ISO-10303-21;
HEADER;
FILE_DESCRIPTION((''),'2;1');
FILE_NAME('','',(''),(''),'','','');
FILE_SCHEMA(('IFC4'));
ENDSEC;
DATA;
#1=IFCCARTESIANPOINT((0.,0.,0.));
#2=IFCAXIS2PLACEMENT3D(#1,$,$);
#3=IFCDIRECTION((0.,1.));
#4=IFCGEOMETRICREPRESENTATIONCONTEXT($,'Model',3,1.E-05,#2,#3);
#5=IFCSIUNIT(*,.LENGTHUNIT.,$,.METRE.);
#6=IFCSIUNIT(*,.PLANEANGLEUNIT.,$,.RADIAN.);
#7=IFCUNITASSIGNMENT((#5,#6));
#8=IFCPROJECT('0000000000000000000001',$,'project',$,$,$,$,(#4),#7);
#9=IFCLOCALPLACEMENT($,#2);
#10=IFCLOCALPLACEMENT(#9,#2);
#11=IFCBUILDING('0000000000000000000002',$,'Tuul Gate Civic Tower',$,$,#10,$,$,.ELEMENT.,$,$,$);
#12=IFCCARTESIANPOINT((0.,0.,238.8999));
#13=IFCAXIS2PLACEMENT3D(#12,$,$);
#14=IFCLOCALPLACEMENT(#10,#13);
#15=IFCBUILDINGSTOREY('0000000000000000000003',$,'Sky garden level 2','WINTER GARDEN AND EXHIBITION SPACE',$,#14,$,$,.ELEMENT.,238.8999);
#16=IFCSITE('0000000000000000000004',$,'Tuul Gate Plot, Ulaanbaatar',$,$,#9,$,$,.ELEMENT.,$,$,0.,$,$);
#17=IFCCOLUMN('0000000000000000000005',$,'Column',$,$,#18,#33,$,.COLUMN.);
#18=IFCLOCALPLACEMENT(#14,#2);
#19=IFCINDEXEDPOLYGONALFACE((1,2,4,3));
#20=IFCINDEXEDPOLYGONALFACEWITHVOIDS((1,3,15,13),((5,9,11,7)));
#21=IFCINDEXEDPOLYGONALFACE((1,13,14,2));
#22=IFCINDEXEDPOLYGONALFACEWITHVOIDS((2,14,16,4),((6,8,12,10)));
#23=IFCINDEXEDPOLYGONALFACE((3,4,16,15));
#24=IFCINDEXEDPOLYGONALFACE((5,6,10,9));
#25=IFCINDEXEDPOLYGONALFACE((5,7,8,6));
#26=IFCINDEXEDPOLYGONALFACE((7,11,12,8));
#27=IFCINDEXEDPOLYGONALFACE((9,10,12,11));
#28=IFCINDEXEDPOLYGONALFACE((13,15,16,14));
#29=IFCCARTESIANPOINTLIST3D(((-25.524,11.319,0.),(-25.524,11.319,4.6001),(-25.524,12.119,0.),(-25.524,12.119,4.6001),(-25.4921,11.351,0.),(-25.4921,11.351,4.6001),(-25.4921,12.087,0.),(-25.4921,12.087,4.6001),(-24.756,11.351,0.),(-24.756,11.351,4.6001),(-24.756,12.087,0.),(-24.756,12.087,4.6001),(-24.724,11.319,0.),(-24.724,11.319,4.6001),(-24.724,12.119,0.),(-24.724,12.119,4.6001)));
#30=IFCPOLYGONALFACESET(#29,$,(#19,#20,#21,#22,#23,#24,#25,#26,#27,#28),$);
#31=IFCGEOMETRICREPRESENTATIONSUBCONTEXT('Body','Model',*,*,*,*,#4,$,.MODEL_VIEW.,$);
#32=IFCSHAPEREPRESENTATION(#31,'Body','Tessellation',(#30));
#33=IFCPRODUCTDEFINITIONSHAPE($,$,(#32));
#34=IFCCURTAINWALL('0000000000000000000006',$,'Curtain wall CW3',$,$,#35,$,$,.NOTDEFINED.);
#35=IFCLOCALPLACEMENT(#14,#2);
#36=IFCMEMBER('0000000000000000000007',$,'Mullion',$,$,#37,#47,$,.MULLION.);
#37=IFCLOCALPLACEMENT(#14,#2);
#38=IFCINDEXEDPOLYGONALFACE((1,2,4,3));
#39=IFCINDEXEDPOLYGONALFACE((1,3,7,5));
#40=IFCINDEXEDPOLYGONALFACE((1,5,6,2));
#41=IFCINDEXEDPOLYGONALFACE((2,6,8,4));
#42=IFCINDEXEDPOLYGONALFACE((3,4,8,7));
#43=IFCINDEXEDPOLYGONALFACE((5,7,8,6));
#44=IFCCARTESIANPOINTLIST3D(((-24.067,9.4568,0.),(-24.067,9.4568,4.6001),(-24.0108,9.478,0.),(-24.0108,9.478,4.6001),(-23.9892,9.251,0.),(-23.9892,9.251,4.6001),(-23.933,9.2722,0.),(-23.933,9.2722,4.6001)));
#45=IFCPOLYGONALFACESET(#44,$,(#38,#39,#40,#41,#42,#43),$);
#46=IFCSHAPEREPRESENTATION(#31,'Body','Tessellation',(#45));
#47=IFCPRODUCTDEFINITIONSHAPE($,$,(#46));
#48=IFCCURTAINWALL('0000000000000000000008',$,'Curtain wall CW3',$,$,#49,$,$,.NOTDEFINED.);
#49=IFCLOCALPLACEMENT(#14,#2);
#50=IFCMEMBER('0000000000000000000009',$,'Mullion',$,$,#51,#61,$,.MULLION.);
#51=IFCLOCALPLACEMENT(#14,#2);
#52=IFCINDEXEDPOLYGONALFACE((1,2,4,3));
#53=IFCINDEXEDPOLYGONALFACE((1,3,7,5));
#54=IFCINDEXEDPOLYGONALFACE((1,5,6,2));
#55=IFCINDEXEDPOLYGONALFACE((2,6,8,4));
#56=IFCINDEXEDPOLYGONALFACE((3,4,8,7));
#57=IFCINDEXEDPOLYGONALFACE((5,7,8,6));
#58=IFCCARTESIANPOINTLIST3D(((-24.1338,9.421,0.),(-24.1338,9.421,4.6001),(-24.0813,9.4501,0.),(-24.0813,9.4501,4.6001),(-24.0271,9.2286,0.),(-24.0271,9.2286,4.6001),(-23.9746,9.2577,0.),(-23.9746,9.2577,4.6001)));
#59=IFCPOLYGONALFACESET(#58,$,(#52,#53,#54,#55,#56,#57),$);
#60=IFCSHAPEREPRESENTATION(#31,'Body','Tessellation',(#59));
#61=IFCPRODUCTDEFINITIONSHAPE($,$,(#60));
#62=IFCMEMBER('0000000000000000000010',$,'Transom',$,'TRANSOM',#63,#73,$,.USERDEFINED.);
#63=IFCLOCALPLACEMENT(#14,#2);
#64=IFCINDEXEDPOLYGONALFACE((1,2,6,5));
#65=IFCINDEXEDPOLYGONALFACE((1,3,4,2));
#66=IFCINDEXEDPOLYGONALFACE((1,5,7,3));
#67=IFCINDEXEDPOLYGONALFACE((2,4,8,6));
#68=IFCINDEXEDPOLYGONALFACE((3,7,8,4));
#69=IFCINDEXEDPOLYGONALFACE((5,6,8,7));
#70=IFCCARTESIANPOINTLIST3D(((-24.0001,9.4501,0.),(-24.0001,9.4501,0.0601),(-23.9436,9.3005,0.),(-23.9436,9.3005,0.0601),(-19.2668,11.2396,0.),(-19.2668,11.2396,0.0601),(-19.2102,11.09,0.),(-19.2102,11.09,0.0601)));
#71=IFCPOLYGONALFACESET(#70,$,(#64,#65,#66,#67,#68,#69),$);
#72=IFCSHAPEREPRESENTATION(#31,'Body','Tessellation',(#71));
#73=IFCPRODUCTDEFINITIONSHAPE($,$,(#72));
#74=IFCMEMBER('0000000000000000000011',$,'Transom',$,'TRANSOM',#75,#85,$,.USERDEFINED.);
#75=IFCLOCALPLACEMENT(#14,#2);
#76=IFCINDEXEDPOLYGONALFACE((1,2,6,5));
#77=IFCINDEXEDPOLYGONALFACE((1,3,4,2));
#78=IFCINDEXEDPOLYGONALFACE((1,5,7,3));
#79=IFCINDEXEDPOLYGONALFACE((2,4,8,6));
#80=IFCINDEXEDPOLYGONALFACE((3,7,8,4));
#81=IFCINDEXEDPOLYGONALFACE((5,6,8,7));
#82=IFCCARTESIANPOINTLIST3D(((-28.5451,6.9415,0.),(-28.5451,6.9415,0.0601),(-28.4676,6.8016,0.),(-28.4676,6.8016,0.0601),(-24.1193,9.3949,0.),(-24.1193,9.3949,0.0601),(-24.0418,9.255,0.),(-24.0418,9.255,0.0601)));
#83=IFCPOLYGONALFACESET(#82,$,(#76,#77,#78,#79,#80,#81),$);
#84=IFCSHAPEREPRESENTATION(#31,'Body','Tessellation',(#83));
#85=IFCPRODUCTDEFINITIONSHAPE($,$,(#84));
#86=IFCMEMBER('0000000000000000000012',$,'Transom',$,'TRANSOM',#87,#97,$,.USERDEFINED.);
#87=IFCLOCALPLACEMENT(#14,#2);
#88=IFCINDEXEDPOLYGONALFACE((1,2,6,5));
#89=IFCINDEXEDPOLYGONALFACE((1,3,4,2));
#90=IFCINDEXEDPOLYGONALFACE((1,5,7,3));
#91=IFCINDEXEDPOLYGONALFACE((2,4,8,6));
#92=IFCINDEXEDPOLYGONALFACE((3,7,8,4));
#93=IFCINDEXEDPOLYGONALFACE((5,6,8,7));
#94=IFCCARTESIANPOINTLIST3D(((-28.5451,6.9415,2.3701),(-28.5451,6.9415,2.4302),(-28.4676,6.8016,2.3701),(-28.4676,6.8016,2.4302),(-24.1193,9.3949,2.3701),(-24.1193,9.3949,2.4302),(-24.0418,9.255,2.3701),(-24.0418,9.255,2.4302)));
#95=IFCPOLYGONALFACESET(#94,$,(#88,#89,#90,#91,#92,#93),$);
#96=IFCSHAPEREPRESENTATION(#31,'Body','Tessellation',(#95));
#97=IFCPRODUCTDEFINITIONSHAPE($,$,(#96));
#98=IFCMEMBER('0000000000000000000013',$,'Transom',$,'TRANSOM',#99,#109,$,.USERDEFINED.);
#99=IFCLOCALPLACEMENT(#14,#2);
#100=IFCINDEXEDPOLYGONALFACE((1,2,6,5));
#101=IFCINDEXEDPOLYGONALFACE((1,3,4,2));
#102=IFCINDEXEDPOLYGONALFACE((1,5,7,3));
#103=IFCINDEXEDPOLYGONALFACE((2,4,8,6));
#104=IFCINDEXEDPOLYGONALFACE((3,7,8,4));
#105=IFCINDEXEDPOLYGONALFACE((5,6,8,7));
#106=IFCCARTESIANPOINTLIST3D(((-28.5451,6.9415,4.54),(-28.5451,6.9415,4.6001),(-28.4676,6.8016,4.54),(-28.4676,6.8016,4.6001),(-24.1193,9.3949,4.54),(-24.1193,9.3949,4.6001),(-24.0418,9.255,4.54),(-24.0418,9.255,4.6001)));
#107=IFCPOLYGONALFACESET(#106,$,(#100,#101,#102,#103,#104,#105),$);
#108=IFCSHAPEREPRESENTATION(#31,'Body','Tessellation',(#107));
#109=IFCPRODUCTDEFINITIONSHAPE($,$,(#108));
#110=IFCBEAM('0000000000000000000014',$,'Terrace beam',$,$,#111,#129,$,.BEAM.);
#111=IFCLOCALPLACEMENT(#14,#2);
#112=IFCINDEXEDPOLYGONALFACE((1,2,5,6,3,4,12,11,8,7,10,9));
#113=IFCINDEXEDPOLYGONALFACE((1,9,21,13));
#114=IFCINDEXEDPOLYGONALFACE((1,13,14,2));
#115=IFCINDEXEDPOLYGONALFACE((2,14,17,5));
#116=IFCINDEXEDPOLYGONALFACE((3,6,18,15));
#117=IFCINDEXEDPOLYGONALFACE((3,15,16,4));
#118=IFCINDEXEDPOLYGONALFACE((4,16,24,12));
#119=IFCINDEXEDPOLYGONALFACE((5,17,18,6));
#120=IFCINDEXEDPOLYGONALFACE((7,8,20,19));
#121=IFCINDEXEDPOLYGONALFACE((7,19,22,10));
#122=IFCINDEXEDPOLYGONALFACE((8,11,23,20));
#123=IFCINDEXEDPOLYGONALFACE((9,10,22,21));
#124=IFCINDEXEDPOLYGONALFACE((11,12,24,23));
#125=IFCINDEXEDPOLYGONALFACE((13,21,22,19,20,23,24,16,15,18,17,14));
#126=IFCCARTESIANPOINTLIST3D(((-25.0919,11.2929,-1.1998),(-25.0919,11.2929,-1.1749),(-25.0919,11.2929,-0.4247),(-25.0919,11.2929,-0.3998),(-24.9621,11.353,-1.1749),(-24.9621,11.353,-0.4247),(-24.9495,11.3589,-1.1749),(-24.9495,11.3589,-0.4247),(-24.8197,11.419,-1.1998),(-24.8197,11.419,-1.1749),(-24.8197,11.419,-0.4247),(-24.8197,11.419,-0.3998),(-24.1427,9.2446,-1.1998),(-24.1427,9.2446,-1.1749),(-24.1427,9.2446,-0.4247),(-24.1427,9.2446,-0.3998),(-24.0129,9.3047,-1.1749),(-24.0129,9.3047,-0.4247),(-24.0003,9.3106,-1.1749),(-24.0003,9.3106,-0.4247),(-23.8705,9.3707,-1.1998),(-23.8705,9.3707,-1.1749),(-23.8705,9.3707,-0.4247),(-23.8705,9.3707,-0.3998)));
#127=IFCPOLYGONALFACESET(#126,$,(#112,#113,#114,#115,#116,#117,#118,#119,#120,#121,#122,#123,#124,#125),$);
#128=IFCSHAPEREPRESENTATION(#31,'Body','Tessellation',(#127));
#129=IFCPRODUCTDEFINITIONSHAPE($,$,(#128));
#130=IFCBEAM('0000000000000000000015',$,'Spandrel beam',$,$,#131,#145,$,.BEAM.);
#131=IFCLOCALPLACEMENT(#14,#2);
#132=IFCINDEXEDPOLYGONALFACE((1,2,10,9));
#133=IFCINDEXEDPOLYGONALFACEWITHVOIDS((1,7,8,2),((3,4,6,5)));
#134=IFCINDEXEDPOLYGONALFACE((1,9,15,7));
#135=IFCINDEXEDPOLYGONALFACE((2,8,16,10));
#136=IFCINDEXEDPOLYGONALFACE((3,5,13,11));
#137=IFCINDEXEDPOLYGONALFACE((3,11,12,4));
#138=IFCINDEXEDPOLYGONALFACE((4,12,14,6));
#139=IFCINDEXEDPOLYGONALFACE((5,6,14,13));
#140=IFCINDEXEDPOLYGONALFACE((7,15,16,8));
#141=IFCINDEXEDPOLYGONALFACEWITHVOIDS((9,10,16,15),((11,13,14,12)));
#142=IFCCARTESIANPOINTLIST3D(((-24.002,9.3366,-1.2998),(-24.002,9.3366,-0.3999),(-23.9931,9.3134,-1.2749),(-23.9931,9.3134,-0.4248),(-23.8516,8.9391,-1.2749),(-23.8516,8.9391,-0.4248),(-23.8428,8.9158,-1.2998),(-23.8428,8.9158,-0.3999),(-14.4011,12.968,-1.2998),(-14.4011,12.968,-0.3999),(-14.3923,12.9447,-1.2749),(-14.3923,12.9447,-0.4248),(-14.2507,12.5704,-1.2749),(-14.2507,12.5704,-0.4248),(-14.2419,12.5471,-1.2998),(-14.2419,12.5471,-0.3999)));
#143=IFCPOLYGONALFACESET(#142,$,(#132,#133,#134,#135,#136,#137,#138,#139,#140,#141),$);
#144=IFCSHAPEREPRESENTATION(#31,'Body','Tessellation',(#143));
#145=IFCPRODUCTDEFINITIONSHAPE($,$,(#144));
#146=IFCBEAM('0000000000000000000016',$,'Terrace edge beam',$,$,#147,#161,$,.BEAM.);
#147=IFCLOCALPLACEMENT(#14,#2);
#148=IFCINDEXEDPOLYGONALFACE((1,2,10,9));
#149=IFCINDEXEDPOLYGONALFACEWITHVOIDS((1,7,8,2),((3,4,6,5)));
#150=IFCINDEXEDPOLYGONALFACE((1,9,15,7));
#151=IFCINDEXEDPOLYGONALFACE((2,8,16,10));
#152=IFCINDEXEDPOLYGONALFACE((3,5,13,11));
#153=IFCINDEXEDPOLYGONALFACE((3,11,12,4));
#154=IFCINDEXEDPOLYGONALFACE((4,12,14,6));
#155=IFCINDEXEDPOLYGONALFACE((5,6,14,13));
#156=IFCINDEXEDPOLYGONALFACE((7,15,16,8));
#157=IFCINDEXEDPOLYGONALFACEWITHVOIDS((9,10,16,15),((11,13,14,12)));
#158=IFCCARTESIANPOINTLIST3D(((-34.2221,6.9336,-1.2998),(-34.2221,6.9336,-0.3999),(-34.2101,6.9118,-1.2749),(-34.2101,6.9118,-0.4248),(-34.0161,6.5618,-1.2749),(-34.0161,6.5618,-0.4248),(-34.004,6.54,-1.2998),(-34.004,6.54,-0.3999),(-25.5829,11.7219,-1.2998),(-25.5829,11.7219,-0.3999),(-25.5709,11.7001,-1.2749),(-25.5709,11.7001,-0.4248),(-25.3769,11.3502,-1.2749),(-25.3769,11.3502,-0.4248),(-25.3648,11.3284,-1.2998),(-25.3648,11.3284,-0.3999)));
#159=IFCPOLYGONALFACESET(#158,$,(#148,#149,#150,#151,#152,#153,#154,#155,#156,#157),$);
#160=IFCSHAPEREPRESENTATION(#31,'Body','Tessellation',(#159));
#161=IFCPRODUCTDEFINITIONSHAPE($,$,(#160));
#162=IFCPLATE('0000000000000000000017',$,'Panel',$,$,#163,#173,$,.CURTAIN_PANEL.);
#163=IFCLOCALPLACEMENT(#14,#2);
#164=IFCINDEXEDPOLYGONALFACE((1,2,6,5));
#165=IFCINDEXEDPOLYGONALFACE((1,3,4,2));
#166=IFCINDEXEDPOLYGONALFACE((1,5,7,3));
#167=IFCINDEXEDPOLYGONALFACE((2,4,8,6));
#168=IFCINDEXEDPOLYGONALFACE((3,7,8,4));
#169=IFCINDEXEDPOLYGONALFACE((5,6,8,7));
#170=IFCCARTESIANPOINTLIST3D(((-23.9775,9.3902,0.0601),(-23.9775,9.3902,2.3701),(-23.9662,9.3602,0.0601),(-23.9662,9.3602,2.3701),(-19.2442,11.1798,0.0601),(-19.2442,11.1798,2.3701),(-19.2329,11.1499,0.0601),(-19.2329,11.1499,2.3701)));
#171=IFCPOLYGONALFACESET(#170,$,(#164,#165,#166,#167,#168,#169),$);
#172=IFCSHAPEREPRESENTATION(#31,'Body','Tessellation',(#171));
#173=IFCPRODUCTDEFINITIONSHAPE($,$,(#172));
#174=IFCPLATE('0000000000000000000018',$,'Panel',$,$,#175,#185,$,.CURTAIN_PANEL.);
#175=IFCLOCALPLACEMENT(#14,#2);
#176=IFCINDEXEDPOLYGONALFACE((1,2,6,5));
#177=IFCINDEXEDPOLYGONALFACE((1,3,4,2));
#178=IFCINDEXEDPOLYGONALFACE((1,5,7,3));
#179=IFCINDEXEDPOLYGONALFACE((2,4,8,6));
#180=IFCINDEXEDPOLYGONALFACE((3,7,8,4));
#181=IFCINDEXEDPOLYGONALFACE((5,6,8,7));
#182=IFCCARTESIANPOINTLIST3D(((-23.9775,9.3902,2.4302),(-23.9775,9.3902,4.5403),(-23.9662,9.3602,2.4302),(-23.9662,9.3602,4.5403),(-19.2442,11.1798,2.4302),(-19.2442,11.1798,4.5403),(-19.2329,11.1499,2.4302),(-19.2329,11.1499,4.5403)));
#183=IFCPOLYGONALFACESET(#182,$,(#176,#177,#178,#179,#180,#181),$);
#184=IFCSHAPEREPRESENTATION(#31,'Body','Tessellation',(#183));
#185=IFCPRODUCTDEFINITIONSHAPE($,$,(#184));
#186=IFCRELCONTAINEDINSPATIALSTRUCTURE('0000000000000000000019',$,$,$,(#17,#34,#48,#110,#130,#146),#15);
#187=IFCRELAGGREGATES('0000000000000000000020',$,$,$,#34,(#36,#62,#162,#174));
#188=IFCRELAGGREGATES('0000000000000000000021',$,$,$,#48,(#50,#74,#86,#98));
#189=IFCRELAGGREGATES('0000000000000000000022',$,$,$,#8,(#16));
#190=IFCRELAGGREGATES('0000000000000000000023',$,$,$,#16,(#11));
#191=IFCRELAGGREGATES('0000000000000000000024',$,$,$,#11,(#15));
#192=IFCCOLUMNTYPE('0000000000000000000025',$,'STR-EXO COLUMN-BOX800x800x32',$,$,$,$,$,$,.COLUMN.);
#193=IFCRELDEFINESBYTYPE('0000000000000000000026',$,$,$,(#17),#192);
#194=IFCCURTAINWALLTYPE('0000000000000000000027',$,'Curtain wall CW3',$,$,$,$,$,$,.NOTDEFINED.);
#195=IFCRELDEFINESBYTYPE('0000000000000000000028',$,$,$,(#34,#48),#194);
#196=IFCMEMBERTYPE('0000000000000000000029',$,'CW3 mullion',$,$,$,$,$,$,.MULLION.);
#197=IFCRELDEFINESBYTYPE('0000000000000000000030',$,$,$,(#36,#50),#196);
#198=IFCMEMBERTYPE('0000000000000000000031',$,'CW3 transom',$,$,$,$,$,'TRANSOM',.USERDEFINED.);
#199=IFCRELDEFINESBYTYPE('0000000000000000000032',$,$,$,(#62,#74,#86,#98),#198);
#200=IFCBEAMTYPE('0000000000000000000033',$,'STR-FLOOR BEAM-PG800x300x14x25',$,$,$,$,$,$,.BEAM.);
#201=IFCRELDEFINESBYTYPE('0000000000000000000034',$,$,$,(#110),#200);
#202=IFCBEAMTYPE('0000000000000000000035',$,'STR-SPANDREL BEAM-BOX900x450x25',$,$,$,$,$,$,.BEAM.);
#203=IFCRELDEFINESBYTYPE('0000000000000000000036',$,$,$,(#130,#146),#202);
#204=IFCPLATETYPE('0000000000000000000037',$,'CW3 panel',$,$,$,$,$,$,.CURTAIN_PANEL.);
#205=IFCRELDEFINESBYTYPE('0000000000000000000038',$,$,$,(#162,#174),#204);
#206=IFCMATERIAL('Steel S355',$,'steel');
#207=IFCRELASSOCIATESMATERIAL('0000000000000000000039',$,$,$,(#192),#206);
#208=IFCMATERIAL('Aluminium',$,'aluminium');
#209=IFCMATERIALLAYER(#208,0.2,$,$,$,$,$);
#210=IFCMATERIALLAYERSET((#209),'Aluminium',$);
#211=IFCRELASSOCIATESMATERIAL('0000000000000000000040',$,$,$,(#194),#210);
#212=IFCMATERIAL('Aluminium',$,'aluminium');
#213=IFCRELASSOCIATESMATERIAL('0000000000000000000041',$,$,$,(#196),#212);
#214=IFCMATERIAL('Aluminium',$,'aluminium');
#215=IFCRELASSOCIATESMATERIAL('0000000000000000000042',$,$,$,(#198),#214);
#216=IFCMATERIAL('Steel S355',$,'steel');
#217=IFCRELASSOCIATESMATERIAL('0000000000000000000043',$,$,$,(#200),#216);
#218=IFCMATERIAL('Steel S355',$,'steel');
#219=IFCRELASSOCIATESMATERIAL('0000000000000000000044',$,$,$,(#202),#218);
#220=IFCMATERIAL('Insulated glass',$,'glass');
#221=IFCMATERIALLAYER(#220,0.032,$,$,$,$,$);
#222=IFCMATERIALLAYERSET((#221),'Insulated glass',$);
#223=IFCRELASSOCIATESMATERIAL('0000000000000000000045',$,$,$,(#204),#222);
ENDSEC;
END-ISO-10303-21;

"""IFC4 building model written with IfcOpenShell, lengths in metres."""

from ifc_helpers import new_model, si_unit, direction, frame, origin, origin_2d, place, context, subcontext, project, spatial, rectangle, hollow_rectangle, i_section, extrude, material, layer, layer_set, material_profile, profile_set, type_object, element, aggregate, save


model = new_model("IFC4")

# Units and contexts
model_context = context("Model", 3, precision=1e-05, world=origin(), true_north=direction((0.0, 1.0)))
body_context = subcontext(model_context, "Body", "Model", "MODEL_VIEW")
ifc_project = project(units=[si_unit("LENGTHUNIT", "METRE"), si_unit("PLANEANGLEUNIT", "RADIAN")], contexts=[model_context])

# Site, building, storey
site_placement = place(None, origin())
site = spatial("IfcSite", under=ifc_project, at=site_placement, Name="Tuul Gate Plot, Ulaanbaatar", CompositionType="ELEMENT", RefElevation=0.0)
building_placement = place(site_placement, origin())
building = spatial("IfcBuilding", under=site, at=building_placement, Name="Tuul Gate Civic Tower", CompositionType="ELEMENT")
storey_placement = place(building_placement, frame((0.0, 0.0, 238.8999)))
storey = spatial("IfcBuildingStorey", under=building, at=storey_placement, Name="Sky garden level 2", Description="WINTER GARDEN AND EXHIBITION SPACE", CompositionType="ELEMENT", Elevation=238.8999)

# Column
ifc_material_1 = material(Name="Steel S355", Category="steel")
ifc_material_profile_1 = material_profile(ifc_material_1, hollow_rectangle(XDim=0.8, YDim=0.8, WallThickness=0.032, at=origin_2d()), Name="BOX800x800x32")
ifc_profile_set_1 = profile_set([ifc_material_profile_1], Name="Steel S355")
column_type = type_object("IfcColumnType", Name="STR-EXO COLUMN-BOX800x800x32", PredefinedType="COLUMN", material=ifc_profile_set_1)
column_placement = place(storey_placement, frame((-25.124, 11.719, 0.0), z_axis=(0.0, 0.0, 1.0), x_axis=(1.0, 0.0, 0.0)))
element("IfcColumn", 1, at=column_placement, inside=storey, type_object=column_type, Name="Column", PredefinedType="COLUMN", context=body_context, shape_type="SweptSolid", body=[
    extrude(hollow_rectangle(XDim=0.8, YDim=0.8, WallThickness=0.032, at=origin_2d()), origin(), (0.0, 0.0, 1.0), 4.6001),
])

# Curtain walls, members
ifc_material_2 = material(Name="Aluminium", Category="aluminium")
ifc_layer_1 = layer(ifc_material_2, 0.2)
ifc_layer_set_1 = layer_set([ifc_layer_1], Name="Aluminium")
curtain_wall_type = type_object("IfcCurtainWallType", Name="Curtain wall CW3", PredefinedType="NOTDEFINED", material=ifc_layer_set_1)
curtain_wall_1_placement = place(storey_placement, origin())
curtain_wall_1 = element("IfcCurtainWall", 2, at=curtain_wall_1_placement, inside=storey, type_object=curtain_wall_type, Name="Curtain wall CW3", PredefinedType="NOTDEFINED")
ifc_material_3 = material(Name="Aluminium", Category="aluminium")
ifc_material_profile_2 = material_profile(ifc_material_3, rectangle(XDim=0.22, YDim=0.0601, at=origin_2d()), Name="CW3 mullion")
ifc_profile_set_2 = profile_set([ifc_material_profile_2], Name="Aluminium")
member_type_1 = type_object("IfcMemberType", Name="CW3 mullion", PredefinedType="MULLION", material=ifc_profile_set_2)
member_1_placement = place(storey_placement, frame((-24.0, 9.3645, 0.0), z_axis=(0.0, 0.0, 1.0), x_axis=(0.353665, -0.935372, 0.0)))
member_1 = element("IfcMember", 3, at=member_1_placement, type_object=member_type_1, Name="Mullion", PredefinedType="MULLION", context=body_context, shape_type="SweptSolid", body=[
    extrude(rectangle(XDim=0.22, YDim=0.0601, at=origin_2d()), origin(), (0.0, 0.0, 1.0), 4.6001),
])
curtain_wall_2_placement = place(storey_placement, origin())
curtain_wall_2 = element("IfcCurtainWall", 4, at=curtain_wall_2_placement, inside=storey, type_object=curtain_wall_type, Name="Curtain wall CW3", PredefinedType="NOTDEFINED")
member_2_placement = place(storey_placement, frame((-24.0542, 9.3394, 0.0), z_axis=(0.0, 0.0, 1.0), x_axis=(0.484827, -0.87461, 0.0)))
member_2 = element("IfcMember", 5, at=member_2_placement, type_object=member_type_1, Name="Mullion", PredefinedType="MULLION", context=body_context, shape_type="SweptSolid", body=[
    extrude(rectangle(XDim=0.22, YDim=0.0601, at=origin_2d()), origin(), (0.0, 0.0, 1.0), 4.6001),
])

# Members
ifc_material_4 = material(Name="Aluminium", Category="aluminium")
ifc_material_profile_3 = material_profile(ifc_material_4, rectangle(XDim=0.1599, YDim=0.0601, at=origin_2d()), Name="CW3 transom")
ifc_profile_set_3 = profile_set([ifc_material_profile_3], Name="Aluminium")
member_type_2 = type_object("IfcMemberType", Name="CW3 transom", ElementType="TRANSOM", PredefinedType="USERDEFINED", material=ifc_profile_set_3)
member_3_placement = place(storey_placement, frame((-19.2385, 11.1648, 0.03), z_axis=(-0.935382, -0.353639, 0.0), x_axis=(0.353639, -0.935382, 0.0)))
member_3 = element("IfcMember", 6, at=member_3_placement, type_object=member_type_2, Name="Transom", ObjectType="TRANSOM", PredefinedType="USERDEFINED", context=body_context, shape_type="SweptSolid", body=[
    extrude(rectangle(XDim=0.1599, YDim=0.0601, at=origin_2d()), origin(), (0.0, 0.0, 1.0), 5.0603),
])
member_4_placement = place(storey_placement, frame((-24.0806, 9.325, 0.03), z_axis=(-0.87461, -0.484828, 0.0), x_axis=(0.484828, -0.87461, 0.0)))
member_4 = element("IfcMember", 7, at=member_4_placement, type_object=member_type_2, Name="Transom", ObjectType="TRANSOM", PredefinedType="USERDEFINED", context=body_context, shape_type="SweptSolid", body=[
    extrude(rectangle(XDim=0.1599, YDim=0.0601, at=origin_2d()), origin(), (0.0, 0.0, 1.0), 5.0603),
])
member_5_placement = place(storey_placement, frame((-24.0806, 9.325, 2.4001), z_axis=(-0.87461, -0.484828, 0.0), x_axis=(0.484828, -0.87461, 0.0)))
member_5 = element("IfcMember", 8, at=member_5_placement, type_object=member_type_2, Name="Transom", ObjectType="TRANSOM", PredefinedType="USERDEFINED", context=body_context, shape_type="SweptSolid", body=[
    extrude(rectangle(XDim=0.1599, YDim=0.0601, at=origin_2d()), origin(), (0.0, 0.0, 1.0), 5.0603),
])
member_6_placement = place(storey_placement, frame((-24.0806, 9.325, 4.5701), z_axis=(-0.87461, -0.484828, 0.0), x_axis=(0.484828, -0.87461, 0.0)))
member_6 = element("IfcMember", 9, at=member_6_placement, type_object=member_type_2, Name="Transom", ObjectType="TRANSOM", PredefinedType="USERDEFINED", context=body_context, shape_type="SweptSolid", body=[
    extrude(rectangle(XDim=0.1599, YDim=0.0601, at=origin_2d()), origin(), (0.0, 0.0, 1.0), 5.0603),
])

# Beams
ifc_material_5 = material(Name="Steel S355", Category="steel")
ifc_material_profile_4 = material_profile(ifc_material_5, i_section(OverallWidth=0.3, OverallDepth=0.8, WebThickness=0.0139, FlangeThickness=0.0249, at=origin_2d()), Name="PG800x300x14x25")
ifc_profile_set_4 = profile_set([ifc_material_profile_4], Name="Steel S355")
beam_type_1 = type_object("IfcBeamType", Name="STR-FLOOR BEAM-PG800x300x14x25", PredefinedType="BEAM", material=ifc_profile_set_4)
beam_1_placement = place(storey_placement, frame((-24.9558, 11.356, -0.7998), z_axis=(0.420457, -0.907313, 0.0), x_axis=(0.907313, 0.420457, 0.0)))
element("IfcBeam", 10, at=beam_1_placement, inside=storey, type_object=beam_type_1, Name="Terrace beam", PredefinedType="BEAM", context=body_context, shape_type="SweptSolid", body=[
    extrude(i_section(OverallWidth=0.3, OverallDepth=0.8, WebThickness=0.0139, FlangeThickness=0.0249, at=origin_2d()), origin(), (0.0, 0.0, 1.0), 2.2576),
])
ifc_material_6 = material(Name="Steel S355", Category="steel")
ifc_material_profile_5 = material_profile(ifc_material_6, hollow_rectangle(XDim=0.45, YDim=0.8999, WallThickness=0.0249, at=origin_2d()), Name="BOX900x450x25")
ifc_profile_set_5 = profile_set([ifc_material_profile_5], Name="Steel S355")
beam_type_2 = type_object("IfcBeamType", Name="STR-SPANDREL BEAM-BOX900x450x25", PredefinedType="BEAM", material=ifc_profile_set_5)
beam_2_placement = place(storey_placement, frame((-23.9224, 9.1262, -0.8499), z_axis=(0.935331, 0.353773, 0.0), x_axis=(-0.353773, 0.935331, 0.0)))
element("IfcBeam", 11, at=beam_2_placement, inside=storey, type_object=beam_type_2, Name="Spandrel beam", PredefinedType="BEAM", context=body_context, shape_type="SweptSolid", body=[
    extrude(hollow_rectangle(XDim=0.45, YDim=0.8999, WallThickness=0.0249, at=origin_2d()), origin(), (0.0, 0.0, 1.0), 10.2646),
])
beam_3_placement = place(storey_placement, frame((-25.4739, 11.5251, -0.8499), z_axis=(-0.874638, -0.484776, 0.0), x_axis=(0.484776, -0.874638, 0.0)))
element("IfcBeam", 12, at=beam_3_placement, inside=storey, type_object=beam_type_2, Name="Terrace edge beam", PredefinedType="BEAM", context=body_context, shape_type="SweptSolid", body=[
    extrude(hollow_rectangle(XDim=0.45, YDim=0.8999, WallThickness=0.0249, at=origin_2d()), origin(), (0.0, 0.0, 1.0), 9.8774),
])

# Plates
ifc_material_7 = material(Name="Insulated glass", Category="glass")
ifc_layer_2 = layer(ifc_material_7, 0.032)
ifc_layer_set_2 = layer_set([ifc_layer_2], Name="Insulated glass")
plate_type = type_object("IfcPlateType", Name="CW3 panel", PredefinedType="CURTAIN_PANEL", material=ifc_layer_set_2)
plate_1_placement = place(storey_placement, frame((-21.6052, 10.27, 0.0601), z_axis=(0.0, 0.0, 1.0), x_axis=(-0.935372, -0.353665, 0.0)))
plate_1 = element("IfcPlate", 13, at=plate_1_placement, type_object=plate_type, Name="Panel", PredefinedType="CURTAIN_PANEL", context=body_context, shape_type="SweptSolid", body=[
    extrude(rectangle(XDim=5.0603, YDim=0.032, at=origin_2d()), origin(), (0.0, 0.0, 1.0), 2.3101),
])
plate_2_placement = place(storey_placement, frame((-21.6052, 10.27, 2.4302), z_axis=(0.0, 0.0, 1.0), x_axis=(-0.935372, -0.353665, 0.0)))
plate_2 = element("IfcPlate", 14, at=plate_2_placement, type_object=plate_type, Name="Panel", PredefinedType="CURTAIN_PANEL", context=body_context, shape_type="SweptSolid", body=[
    extrude(rectangle(XDim=5.0603, YDim=0.032, at=origin_2d()), origin(), (0.0, 0.0, 1.0), 2.1101),
])
aggregate(curtain_wall_1, [member_1, member_3, plate_1, plate_2])
aggregate(curtain_wall_2, [member_2, member_4, member_5, member_6])

save(model, "model.ifc")
